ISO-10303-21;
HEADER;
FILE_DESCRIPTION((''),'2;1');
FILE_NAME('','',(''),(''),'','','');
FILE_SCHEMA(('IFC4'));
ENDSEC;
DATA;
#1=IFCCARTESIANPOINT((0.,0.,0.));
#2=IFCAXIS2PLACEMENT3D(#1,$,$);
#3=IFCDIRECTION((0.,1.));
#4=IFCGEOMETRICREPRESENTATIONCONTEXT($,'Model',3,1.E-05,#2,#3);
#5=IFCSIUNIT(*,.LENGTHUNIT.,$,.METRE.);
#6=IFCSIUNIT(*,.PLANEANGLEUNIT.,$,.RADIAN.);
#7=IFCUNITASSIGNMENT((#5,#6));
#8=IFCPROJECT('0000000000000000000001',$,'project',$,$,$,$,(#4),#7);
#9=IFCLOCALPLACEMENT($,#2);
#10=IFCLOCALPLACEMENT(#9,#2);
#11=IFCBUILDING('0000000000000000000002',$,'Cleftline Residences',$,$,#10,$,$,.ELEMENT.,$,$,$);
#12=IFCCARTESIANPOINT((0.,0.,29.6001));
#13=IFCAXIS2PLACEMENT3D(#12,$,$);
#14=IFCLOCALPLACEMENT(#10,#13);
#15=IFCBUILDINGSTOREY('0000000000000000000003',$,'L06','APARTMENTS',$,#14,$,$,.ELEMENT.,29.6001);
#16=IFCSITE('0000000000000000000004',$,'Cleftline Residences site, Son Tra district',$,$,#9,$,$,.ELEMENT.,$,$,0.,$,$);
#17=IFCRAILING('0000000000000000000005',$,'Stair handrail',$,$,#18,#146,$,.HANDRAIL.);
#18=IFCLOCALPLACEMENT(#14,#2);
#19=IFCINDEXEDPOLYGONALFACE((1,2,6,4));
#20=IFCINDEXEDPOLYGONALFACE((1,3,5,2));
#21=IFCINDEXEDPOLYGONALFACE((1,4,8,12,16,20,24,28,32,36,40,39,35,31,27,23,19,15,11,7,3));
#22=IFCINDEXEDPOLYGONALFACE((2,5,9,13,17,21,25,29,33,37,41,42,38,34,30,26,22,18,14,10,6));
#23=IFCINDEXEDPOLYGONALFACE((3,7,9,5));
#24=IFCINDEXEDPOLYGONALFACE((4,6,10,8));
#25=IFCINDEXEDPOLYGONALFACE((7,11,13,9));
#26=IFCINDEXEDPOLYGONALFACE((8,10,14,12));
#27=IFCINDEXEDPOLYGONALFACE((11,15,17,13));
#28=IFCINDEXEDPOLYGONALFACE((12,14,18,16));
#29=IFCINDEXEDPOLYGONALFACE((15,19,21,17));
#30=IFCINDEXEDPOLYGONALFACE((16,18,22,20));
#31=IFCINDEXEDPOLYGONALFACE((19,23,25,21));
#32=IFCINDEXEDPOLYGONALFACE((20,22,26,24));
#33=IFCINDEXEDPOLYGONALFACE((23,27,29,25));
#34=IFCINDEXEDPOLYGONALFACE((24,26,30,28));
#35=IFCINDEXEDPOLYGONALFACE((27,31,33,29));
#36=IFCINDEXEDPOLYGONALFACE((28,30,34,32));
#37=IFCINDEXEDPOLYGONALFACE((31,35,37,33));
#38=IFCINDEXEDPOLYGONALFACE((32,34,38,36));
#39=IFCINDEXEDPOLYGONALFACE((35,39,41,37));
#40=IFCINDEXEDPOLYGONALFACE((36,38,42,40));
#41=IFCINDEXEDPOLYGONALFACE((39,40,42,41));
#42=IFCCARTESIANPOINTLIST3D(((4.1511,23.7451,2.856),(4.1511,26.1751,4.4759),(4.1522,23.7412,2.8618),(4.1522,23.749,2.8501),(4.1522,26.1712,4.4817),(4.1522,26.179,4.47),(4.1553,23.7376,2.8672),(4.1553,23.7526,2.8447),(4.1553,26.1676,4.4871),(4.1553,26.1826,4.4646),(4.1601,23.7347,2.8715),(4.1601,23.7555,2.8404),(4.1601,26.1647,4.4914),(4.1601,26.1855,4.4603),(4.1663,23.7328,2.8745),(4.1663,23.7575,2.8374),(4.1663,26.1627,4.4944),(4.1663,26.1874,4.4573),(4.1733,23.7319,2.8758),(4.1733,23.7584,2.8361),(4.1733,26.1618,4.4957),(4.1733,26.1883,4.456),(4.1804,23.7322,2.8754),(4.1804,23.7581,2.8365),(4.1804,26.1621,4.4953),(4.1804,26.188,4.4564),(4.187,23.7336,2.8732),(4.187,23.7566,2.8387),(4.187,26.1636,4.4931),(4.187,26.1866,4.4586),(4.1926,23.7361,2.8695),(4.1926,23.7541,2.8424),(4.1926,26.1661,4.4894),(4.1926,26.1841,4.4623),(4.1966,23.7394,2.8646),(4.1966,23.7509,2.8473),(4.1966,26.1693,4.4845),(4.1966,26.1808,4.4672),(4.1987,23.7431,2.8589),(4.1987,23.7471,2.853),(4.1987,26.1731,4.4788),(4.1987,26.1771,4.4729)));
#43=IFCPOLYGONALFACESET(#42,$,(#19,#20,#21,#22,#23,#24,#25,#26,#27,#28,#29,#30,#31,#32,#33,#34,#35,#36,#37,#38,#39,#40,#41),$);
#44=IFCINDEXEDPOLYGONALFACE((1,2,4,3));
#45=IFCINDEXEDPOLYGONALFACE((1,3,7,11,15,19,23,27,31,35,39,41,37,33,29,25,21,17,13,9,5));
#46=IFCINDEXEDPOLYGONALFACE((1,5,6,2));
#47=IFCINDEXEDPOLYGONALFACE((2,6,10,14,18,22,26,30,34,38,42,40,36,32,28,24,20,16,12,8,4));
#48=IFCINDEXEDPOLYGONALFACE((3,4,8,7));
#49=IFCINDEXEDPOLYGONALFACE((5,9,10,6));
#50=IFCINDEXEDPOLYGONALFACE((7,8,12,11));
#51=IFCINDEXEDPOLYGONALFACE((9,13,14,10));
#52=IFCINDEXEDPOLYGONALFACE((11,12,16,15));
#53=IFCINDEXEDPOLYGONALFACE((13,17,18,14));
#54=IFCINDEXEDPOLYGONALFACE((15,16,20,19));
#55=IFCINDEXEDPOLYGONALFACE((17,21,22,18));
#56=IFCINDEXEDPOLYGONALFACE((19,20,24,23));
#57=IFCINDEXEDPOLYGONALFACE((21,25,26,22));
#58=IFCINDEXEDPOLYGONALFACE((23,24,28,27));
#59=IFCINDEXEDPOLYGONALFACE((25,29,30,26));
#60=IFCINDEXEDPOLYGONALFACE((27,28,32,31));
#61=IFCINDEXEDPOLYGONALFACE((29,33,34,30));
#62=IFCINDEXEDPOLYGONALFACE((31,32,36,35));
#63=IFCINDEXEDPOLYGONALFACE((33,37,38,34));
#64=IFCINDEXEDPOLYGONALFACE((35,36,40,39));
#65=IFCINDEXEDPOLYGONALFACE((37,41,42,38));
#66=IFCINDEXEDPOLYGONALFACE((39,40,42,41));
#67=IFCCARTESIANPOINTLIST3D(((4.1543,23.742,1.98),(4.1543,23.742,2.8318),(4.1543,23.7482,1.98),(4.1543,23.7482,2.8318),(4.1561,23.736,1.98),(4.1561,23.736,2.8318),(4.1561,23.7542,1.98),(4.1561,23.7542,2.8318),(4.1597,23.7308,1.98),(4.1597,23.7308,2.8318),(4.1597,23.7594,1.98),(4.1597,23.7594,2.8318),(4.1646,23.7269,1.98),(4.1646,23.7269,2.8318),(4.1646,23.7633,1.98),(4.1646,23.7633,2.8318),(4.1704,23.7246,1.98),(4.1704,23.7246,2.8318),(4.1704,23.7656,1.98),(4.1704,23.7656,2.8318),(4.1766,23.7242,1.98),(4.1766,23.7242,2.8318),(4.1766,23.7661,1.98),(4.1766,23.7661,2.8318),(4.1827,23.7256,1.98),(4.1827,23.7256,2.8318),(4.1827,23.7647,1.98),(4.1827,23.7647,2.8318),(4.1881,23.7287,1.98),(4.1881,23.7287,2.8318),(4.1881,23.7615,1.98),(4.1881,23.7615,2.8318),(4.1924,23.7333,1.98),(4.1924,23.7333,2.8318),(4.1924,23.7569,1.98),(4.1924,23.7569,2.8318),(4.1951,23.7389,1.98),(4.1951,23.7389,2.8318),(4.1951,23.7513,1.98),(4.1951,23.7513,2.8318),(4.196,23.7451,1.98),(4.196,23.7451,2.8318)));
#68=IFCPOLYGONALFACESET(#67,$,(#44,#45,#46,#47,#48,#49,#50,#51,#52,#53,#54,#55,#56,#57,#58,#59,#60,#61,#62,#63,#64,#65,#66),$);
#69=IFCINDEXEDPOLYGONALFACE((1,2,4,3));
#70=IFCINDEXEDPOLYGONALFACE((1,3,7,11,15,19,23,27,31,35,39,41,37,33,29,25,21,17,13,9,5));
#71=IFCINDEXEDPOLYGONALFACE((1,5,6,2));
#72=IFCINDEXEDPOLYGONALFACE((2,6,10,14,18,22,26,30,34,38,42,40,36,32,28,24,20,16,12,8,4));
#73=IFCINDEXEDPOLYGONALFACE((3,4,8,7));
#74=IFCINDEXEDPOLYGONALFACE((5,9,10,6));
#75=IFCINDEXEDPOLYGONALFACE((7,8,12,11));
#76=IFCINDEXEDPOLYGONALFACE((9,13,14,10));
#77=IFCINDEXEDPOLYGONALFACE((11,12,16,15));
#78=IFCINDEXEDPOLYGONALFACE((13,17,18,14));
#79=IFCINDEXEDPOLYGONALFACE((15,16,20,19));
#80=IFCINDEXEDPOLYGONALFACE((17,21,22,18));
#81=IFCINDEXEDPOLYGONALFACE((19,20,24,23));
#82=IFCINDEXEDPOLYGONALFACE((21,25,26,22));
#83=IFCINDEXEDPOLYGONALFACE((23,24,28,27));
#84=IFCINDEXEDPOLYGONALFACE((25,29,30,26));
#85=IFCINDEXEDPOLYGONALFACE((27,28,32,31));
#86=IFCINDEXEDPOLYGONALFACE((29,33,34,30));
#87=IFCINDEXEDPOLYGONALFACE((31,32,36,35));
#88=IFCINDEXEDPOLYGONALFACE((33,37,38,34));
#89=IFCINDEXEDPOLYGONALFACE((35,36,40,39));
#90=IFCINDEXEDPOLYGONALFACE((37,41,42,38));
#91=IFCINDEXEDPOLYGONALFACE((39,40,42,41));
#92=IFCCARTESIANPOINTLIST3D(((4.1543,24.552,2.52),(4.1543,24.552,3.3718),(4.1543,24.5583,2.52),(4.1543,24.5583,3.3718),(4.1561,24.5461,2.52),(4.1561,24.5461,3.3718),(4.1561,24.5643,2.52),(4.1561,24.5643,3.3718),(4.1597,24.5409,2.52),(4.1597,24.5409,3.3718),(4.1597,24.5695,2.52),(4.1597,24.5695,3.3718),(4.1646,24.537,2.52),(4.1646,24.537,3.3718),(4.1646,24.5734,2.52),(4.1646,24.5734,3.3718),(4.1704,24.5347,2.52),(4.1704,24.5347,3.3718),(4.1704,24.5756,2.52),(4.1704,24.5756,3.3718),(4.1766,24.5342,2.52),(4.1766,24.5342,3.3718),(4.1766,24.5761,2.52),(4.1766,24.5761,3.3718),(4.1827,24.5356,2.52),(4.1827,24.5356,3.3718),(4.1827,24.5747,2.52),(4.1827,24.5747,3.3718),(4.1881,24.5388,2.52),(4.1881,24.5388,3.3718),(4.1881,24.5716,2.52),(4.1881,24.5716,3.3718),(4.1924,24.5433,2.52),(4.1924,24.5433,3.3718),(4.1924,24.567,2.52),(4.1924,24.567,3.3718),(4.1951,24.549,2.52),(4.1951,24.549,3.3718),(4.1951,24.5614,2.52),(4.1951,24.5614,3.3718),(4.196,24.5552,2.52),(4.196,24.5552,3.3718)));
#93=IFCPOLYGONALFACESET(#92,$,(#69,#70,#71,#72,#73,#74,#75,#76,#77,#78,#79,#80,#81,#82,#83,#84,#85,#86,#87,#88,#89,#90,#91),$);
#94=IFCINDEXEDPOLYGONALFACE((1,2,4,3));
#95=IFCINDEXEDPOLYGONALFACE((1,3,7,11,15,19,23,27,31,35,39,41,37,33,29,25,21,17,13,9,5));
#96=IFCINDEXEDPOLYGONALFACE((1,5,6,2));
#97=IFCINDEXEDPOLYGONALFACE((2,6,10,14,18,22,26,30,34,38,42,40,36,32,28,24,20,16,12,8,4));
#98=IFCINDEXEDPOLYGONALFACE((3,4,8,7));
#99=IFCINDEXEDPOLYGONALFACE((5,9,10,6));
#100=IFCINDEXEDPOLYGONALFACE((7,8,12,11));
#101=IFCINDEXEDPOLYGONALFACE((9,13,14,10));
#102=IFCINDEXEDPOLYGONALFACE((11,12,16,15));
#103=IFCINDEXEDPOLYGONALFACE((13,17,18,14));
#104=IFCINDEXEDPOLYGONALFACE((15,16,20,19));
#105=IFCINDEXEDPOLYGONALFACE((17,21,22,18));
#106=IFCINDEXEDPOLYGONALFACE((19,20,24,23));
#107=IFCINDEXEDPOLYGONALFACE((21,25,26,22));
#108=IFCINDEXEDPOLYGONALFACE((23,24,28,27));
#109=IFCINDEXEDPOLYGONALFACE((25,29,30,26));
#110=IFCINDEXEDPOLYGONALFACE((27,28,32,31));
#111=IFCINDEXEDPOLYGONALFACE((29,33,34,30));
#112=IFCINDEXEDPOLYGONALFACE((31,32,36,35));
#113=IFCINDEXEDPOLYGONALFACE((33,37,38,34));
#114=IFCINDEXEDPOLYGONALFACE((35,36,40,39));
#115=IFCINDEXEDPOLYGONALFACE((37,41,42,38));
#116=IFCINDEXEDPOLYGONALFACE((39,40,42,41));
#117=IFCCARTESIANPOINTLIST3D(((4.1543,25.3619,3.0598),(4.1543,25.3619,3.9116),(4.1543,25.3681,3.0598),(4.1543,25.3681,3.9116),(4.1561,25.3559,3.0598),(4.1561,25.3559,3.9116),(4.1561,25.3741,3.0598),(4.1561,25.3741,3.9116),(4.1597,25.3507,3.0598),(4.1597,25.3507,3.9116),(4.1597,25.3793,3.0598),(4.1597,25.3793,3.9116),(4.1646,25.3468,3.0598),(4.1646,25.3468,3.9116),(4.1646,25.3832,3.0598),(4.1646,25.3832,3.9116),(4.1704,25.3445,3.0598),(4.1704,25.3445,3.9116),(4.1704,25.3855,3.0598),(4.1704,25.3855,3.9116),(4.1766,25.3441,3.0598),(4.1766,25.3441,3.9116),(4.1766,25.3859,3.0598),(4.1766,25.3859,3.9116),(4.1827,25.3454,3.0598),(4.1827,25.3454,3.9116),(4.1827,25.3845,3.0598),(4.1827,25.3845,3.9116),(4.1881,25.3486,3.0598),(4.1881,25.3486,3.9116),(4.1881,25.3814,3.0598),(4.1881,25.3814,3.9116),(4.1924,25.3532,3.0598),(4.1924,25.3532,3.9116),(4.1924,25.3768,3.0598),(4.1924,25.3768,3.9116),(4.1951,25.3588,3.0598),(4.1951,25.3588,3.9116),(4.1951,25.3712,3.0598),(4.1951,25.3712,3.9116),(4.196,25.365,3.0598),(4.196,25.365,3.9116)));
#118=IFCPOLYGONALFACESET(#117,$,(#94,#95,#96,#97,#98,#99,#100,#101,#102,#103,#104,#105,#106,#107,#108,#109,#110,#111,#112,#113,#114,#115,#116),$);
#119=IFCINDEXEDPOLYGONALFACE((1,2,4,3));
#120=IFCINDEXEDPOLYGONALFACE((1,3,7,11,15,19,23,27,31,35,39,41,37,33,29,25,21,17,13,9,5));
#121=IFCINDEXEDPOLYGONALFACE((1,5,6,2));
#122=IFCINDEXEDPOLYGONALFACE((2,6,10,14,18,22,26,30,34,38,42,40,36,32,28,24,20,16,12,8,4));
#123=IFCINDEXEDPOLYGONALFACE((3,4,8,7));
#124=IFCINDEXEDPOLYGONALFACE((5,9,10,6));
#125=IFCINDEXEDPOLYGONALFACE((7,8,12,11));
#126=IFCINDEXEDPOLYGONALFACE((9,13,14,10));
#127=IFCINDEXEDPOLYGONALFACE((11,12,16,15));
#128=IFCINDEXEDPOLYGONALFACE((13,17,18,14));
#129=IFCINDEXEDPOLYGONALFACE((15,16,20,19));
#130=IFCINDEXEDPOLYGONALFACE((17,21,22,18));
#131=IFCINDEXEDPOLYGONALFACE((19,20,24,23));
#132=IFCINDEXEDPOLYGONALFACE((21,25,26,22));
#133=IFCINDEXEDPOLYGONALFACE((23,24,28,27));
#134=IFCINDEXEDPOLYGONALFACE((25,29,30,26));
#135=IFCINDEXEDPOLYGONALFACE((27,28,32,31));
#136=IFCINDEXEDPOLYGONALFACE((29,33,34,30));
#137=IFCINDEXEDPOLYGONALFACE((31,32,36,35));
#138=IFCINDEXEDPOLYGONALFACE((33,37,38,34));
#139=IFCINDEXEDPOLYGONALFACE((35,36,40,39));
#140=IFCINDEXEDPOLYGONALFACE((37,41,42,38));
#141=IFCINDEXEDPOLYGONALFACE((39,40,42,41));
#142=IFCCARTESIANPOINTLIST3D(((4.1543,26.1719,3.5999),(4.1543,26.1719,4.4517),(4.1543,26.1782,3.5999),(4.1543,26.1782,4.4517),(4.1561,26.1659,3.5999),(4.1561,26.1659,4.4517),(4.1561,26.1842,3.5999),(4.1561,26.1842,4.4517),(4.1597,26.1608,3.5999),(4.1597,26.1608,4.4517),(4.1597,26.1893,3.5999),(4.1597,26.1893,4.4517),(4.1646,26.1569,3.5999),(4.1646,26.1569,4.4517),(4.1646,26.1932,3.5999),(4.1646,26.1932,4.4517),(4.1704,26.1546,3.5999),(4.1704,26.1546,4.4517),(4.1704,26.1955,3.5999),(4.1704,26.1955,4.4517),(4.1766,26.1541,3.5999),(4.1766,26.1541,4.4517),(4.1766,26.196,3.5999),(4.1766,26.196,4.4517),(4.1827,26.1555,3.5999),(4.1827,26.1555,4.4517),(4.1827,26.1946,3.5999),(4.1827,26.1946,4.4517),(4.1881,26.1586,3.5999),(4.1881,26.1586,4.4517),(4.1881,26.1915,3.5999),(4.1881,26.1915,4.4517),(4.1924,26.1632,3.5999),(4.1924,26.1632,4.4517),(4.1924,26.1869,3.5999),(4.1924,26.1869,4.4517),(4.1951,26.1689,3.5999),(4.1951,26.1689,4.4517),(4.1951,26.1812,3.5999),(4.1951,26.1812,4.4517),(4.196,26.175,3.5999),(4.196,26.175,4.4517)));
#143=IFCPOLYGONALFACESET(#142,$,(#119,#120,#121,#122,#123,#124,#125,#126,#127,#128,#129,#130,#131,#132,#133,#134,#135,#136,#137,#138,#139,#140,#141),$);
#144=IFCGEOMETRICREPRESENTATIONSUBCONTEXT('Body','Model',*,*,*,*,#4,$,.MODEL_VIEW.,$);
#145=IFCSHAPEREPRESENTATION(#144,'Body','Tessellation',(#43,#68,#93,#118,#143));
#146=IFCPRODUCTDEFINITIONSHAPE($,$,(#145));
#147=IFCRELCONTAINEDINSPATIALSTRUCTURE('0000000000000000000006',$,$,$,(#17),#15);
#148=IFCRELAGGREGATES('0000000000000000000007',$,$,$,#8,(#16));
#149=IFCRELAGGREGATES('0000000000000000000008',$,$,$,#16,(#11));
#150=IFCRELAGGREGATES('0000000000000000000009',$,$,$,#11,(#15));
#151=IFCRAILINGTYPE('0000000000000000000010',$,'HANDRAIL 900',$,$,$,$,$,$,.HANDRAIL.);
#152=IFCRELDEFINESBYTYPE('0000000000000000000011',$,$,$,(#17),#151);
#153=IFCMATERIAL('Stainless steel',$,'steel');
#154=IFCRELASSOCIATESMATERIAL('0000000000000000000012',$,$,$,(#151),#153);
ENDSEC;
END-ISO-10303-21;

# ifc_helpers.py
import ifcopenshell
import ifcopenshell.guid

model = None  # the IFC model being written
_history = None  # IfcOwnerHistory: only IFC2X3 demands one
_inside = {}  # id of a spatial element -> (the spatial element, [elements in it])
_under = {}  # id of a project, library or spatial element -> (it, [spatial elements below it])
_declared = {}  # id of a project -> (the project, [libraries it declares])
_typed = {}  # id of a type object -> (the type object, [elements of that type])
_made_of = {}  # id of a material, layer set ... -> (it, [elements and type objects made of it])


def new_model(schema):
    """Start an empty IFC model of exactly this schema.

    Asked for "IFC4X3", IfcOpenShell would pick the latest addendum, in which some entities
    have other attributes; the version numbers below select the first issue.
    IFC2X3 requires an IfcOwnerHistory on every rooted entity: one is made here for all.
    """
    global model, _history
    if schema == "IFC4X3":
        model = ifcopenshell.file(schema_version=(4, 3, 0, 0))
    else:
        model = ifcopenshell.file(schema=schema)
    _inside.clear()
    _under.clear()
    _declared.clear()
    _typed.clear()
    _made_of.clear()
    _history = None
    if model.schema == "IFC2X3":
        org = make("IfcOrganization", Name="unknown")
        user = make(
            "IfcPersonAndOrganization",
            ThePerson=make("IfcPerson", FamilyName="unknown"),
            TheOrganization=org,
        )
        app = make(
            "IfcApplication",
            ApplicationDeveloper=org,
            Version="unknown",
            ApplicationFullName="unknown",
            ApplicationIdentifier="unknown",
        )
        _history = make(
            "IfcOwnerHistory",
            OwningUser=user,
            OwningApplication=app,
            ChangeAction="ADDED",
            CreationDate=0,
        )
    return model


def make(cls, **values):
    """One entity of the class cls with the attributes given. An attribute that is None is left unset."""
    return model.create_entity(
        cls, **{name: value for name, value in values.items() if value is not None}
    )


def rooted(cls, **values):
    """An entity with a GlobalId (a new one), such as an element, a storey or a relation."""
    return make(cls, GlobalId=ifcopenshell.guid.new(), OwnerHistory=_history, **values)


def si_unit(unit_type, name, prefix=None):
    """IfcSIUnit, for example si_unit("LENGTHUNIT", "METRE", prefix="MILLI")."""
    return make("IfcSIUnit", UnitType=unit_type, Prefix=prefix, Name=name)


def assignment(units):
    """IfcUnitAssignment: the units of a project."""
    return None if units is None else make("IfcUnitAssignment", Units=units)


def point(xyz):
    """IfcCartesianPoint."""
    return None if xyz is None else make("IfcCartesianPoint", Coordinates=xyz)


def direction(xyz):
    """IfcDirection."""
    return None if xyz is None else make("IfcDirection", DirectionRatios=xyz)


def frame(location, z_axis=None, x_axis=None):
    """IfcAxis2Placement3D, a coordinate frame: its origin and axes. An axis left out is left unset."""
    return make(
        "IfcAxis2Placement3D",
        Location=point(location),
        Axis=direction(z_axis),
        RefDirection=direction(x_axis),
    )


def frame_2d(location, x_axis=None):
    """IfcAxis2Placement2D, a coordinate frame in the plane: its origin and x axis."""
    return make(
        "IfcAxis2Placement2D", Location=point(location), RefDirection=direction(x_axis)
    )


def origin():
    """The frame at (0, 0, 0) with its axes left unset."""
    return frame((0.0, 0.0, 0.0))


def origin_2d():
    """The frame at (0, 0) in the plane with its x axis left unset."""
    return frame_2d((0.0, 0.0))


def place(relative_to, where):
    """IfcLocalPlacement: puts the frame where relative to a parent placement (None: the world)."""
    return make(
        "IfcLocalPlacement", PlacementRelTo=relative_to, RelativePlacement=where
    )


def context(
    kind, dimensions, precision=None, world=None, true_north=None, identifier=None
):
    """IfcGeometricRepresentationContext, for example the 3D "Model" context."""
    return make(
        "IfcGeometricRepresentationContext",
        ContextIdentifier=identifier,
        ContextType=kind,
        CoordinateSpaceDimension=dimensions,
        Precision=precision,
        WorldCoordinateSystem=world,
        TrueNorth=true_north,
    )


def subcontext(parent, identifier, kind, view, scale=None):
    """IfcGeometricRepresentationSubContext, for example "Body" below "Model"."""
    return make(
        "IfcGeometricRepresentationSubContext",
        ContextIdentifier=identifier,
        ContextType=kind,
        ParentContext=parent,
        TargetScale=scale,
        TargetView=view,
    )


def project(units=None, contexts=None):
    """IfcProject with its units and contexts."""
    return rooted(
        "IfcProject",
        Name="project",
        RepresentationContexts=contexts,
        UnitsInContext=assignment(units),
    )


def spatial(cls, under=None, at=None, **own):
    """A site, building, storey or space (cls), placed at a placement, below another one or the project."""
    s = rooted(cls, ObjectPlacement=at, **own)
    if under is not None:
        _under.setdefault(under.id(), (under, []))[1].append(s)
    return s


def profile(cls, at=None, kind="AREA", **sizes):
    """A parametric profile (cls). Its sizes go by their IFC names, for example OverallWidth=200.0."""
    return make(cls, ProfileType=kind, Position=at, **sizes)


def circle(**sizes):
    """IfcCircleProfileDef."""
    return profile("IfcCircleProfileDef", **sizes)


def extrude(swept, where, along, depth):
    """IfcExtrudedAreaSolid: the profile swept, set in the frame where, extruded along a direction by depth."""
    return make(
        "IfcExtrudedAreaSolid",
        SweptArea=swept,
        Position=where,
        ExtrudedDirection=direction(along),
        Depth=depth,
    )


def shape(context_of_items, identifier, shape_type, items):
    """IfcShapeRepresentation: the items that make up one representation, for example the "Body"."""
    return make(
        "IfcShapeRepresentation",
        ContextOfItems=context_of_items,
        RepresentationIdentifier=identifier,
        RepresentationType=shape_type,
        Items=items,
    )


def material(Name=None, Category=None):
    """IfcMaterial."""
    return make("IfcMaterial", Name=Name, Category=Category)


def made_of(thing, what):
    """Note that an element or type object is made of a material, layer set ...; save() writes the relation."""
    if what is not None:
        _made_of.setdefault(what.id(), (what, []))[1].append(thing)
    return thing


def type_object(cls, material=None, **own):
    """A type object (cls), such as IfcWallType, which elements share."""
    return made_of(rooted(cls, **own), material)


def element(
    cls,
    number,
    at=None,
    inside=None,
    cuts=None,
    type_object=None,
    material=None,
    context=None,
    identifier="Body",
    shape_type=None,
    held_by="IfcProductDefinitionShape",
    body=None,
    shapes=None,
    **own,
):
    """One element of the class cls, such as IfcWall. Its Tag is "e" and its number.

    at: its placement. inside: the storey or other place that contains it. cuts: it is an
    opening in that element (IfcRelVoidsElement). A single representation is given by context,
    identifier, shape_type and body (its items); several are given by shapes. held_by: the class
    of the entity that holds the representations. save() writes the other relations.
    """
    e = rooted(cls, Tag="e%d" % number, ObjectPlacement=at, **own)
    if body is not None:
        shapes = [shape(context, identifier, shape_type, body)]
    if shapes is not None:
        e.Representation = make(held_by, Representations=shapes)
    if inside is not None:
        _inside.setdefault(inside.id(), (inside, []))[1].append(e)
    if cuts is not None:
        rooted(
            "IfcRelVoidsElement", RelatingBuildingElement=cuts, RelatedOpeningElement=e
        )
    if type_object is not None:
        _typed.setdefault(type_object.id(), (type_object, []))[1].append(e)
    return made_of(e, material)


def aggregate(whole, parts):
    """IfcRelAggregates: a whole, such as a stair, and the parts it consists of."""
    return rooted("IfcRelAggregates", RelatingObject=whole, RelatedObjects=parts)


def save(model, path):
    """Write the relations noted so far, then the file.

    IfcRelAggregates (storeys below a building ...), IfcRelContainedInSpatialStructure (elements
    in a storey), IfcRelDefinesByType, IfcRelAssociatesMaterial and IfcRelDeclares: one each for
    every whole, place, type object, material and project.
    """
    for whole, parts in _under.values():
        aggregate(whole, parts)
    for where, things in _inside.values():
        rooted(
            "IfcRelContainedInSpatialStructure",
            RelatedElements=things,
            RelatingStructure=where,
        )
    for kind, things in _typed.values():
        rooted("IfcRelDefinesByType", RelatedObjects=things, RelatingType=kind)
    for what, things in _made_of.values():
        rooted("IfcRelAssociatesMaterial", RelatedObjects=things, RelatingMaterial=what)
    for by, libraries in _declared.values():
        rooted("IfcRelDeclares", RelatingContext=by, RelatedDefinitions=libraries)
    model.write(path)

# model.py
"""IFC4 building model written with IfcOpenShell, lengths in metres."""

from ifc_helpers import new_model, si_unit, direction, frame, origin, origin_2d, place, context, subcontext, project, spatial, circle, extrude, material, type_object, element, save


model = new_model("IFC4")

# Units and contexts
model_context = context("Model", 3, precision=1e-05, world=origin(), true_north=direction((0.0, 1.0)))
body_context = subcontext(model_context, "Body", "Model", "MODEL_VIEW")
ifc_project = project(units=[si_unit("LENGTHUNIT", "METRE"), si_unit("PLANEANGLEUNIT", "RADIAN")], contexts=[model_context])

# Site, building, storey
site_placement = place(None, origin())
site = spatial("IfcSite", under=ifc_project, at=site_placement, Name="Cleftline Residences site, Son Tra district", CompositionType="ELEMENT", RefElevation=0.0)
building_placement = place(site_placement, origin())
building = spatial("IfcBuilding", under=site, at=building_placement, Name="Cleftline Residences", CompositionType="ELEMENT")
storey_placement = place(building_placement, frame((0.0, 0.0, 29.6001)))
storey = spatial("IfcBuildingStorey", under=building, at=storey_placement, Name="L06", Description="APARTMENTS", CompositionType="ELEMENT", Elevation=29.6001)

# Railing
ifc_material_1 = material(Name="Stainless steel", Category="steel")
railing_type = type_object("IfcRailingType", Name="HANDRAIL 900", PredefinedType="HANDRAIL", material=ifc_material_1)
railing_1_placement = place(storey_placement, frame((4.175, 23.7451, 1.98)))
element("IfcRailing", 1, at=railing_1_placement, inside=storey, type_object=railing_type, Name="Stair handrail", PredefinedType="HANDRAIL", context=body_context, shape_type="SweptSolid", body=[
    extrude(circle(Radius=0.0239, at=origin_2d()), frame((0.0, 0.0, 0.876), z_axis=(0.0, 0.832063, 0.554681), x_axis=(-1.0, 0.0, 0.0)), (0.0, 0.0, 1.0), 2.9204),
    extrude(circle(Radius=0.021, at=origin_2d()), origin(), (0.0, 0.0, 1.0), 0.8518),
    extrude(circle(Radius=0.021, at=origin_2d()), frame((0.0, 0.8101, 0.54)), (0.0, 0.0, 1.0), 0.8518),
    extrude(circle(Radius=0.021, at=origin_2d()), frame((0.0, 1.6199, 1.0798)), (0.0, 0.0, 1.0), 0.8518),
    extrude(circle(Radius=0.021, at=origin_2d()), frame((0.0, 2.4299, 1.6199)), (0.0, 0.0, 1.0), 0.8518),
])

save(model, "model.ifc")
